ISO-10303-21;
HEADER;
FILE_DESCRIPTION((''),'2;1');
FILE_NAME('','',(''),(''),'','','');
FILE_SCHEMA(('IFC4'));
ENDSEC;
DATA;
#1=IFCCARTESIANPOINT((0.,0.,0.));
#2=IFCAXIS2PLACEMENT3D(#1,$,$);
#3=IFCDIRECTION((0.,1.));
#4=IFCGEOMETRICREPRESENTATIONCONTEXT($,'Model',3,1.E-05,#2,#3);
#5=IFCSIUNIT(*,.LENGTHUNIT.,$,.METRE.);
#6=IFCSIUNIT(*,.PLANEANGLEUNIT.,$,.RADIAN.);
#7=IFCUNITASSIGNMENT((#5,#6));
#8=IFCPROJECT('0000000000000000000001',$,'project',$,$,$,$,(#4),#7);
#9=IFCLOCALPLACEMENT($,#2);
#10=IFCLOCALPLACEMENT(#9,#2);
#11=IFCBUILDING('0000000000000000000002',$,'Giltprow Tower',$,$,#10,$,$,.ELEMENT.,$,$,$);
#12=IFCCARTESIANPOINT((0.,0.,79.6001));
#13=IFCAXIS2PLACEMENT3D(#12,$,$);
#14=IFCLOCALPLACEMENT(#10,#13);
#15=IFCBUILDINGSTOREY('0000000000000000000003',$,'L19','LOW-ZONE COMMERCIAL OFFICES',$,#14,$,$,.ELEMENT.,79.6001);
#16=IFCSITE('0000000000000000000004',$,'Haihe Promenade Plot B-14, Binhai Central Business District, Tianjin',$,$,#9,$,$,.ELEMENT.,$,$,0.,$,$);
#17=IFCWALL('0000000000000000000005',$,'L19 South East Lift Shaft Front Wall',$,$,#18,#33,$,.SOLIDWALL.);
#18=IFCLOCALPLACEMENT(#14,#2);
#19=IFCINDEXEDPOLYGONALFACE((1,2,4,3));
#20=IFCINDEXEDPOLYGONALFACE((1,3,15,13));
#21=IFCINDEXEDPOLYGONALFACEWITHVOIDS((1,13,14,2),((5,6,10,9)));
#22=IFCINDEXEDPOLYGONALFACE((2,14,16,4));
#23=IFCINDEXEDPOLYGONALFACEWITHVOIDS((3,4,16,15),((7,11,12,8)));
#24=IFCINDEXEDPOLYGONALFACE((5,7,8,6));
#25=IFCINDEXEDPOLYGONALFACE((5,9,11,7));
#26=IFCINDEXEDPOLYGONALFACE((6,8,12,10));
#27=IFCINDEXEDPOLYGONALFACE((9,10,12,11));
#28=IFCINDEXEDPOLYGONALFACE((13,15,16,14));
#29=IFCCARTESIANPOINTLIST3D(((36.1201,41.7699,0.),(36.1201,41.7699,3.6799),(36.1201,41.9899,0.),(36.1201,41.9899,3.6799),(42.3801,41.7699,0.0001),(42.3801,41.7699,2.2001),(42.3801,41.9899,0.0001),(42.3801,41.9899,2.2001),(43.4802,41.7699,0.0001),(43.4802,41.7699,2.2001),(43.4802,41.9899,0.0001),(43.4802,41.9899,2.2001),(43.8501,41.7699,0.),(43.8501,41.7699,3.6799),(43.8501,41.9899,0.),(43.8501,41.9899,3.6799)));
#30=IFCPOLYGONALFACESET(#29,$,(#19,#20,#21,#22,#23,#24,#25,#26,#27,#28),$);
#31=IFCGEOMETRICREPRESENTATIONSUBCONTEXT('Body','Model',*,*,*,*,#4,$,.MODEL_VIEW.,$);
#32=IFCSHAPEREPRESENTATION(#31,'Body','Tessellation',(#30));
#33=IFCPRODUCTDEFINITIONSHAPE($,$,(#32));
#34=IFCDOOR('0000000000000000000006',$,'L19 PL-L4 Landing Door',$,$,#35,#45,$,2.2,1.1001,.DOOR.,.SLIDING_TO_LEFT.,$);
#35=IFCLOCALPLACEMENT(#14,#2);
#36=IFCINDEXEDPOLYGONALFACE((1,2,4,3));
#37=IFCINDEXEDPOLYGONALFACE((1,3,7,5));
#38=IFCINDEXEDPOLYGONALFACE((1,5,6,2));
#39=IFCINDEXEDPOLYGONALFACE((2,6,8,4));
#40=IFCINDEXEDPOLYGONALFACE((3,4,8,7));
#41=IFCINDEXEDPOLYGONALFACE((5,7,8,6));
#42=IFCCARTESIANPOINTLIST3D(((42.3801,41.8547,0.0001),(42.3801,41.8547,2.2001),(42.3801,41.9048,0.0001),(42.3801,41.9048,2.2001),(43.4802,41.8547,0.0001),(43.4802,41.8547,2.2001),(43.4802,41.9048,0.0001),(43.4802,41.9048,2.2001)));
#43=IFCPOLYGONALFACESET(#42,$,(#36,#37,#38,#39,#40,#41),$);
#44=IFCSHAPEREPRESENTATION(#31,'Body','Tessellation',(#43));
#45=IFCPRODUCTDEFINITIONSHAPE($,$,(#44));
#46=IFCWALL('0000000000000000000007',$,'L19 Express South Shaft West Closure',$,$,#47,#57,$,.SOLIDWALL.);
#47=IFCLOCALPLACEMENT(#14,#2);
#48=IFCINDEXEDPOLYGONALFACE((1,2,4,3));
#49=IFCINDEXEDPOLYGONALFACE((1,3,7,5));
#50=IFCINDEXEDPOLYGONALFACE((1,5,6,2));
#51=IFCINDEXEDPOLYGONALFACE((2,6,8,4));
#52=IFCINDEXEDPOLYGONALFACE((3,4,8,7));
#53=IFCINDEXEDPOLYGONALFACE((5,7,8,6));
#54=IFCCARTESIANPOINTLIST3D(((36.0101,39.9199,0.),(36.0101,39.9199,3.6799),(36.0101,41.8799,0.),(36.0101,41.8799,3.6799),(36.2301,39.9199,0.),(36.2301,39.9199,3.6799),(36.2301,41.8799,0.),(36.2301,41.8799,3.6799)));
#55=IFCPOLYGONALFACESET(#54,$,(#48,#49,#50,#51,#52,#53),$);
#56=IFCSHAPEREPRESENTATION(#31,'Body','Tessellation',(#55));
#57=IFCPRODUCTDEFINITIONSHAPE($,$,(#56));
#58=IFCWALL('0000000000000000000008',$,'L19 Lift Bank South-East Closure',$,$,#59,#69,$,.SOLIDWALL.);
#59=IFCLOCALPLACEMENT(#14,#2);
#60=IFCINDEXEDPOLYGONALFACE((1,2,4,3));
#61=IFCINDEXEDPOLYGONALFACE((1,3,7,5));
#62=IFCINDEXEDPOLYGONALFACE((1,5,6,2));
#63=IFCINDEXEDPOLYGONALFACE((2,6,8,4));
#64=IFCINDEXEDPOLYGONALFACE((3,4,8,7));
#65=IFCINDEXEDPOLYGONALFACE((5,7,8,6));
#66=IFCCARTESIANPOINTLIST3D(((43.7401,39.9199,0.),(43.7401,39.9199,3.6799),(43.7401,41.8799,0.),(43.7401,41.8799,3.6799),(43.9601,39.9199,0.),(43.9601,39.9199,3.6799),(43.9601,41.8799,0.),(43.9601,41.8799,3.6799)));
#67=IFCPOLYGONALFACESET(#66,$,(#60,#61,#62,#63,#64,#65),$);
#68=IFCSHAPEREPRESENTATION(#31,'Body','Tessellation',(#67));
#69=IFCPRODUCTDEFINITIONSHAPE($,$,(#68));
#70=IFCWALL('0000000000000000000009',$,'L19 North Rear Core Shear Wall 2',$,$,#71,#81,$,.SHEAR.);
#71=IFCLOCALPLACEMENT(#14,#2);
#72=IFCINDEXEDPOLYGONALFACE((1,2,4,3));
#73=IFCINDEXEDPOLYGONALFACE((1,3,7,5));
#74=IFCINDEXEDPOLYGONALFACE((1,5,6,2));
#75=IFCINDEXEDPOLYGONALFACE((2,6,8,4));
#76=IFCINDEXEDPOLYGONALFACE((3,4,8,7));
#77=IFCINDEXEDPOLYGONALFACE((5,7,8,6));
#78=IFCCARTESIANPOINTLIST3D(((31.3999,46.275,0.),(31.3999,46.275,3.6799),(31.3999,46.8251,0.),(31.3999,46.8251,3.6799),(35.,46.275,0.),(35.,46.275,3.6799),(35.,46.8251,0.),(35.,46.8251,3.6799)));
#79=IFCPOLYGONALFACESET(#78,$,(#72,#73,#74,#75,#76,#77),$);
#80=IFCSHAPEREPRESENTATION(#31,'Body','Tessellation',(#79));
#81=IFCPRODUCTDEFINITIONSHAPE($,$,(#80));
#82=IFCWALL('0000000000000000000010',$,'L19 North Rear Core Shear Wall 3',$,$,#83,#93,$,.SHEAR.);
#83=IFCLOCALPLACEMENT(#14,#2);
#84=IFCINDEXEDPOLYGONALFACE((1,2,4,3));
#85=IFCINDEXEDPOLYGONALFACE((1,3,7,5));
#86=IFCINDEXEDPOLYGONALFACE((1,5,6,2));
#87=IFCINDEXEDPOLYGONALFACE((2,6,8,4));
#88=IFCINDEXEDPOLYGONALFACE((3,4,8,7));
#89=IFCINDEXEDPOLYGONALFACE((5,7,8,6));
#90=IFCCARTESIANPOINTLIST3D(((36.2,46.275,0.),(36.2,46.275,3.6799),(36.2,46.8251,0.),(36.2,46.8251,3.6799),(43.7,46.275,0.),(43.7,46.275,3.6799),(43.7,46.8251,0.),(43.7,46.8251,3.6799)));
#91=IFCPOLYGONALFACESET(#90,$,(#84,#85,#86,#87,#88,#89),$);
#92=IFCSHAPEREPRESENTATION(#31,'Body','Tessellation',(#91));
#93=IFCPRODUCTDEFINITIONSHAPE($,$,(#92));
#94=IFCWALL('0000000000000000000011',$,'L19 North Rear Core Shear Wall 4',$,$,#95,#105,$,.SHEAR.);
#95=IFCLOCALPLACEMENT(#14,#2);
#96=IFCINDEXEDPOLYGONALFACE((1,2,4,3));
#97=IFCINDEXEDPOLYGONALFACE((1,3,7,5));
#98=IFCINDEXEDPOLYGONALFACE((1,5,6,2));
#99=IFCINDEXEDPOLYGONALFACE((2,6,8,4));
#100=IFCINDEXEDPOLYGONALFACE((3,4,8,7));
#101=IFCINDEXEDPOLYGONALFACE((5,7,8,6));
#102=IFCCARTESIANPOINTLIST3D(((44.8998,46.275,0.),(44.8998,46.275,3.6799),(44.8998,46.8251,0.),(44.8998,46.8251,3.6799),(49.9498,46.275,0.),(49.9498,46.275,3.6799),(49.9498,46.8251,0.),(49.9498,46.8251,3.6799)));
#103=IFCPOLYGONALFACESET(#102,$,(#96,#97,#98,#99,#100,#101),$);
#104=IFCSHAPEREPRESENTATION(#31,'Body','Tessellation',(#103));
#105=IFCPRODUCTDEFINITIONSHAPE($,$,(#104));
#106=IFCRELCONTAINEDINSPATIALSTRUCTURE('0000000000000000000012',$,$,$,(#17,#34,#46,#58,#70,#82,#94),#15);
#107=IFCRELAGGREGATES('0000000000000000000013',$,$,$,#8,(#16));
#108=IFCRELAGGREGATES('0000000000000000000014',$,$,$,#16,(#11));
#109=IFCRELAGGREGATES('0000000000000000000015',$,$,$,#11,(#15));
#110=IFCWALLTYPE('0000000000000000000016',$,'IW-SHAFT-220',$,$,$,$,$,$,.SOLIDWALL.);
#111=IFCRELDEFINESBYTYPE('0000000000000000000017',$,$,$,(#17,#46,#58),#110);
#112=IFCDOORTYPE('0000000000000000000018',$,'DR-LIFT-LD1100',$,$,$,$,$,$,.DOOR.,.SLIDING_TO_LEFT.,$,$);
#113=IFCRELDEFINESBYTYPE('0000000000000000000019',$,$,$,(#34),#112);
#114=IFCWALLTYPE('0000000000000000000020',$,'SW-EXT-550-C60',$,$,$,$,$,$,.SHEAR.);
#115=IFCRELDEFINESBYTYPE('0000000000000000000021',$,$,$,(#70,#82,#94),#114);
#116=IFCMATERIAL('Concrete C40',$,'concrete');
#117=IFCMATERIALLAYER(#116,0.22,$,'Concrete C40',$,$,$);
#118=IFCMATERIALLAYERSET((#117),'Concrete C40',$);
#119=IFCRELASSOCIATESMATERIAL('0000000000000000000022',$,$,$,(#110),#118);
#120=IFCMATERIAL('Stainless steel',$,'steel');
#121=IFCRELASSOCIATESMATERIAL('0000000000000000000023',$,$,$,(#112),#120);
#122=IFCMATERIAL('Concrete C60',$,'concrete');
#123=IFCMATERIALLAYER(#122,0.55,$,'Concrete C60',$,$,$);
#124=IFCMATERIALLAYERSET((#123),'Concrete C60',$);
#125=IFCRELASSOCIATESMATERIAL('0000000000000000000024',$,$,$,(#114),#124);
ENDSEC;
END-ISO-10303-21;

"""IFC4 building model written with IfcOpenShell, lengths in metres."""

from ifc_helpers import new_model, si_unit, direction, frame, frame_2d, origin, place, context, subcontext, project, spatial, rectangle, extrude, source, transform, mapped, material, layer, layer_set, type_object, element, fill, save


model = new_model("IFC4")

# Units and contexts
model_context = context("Model", 3, precision=1e-05, world=origin(), true_north=direction((0.0, 1.0)))
body_context = subcontext(model_context, "Body", "Model", "MODEL_VIEW")
ifc_project = project(units=[si_unit("LENGTHUNIT", "METRE"), si_unit("PLANEANGLEUNIT", "RADIAN")], contexts=[model_context])

# Site, building, storey
site_placement = place(None, origin())
site = spatial("IfcSite", under=ifc_project, at=site_placement, Name="Haihe Promenade Plot B-14, Binhai Central Business District, Tianjin", CompositionType="ELEMENT", RefElevation=0.0)
building_placement = place(site_placement, origin())
building = spatial("IfcBuilding", under=site, at=building_placement, Name="Giltprow Tower", CompositionType="ELEMENT")
storey_placement = place(building_placement, frame((0.0, 0.0, 79.6001)))
storey = spatial("IfcBuildingStorey", under=building, at=storey_placement, Name="L19", Description="LOW-ZONE COMMERCIAL OFFICES", CompositionType="ELEMENT", Elevation=79.6001)

# Shared definitions
ifc_material_1 = material(Name="Concrete C60", Category="concrete")

# Shared definitions
ifc_material_2 = material(Name="Concrete C40", Category="concrete")
ifc_layer_1 = layer(ifc_material_2, 0.22, Name="Concrete C40")
ifc_layer_set_1 = layer_set([ifc_layer_1], Name="Concrete C40")
wall_type_1 = type_object("IfcWallType", Name="IW-SHAFT-220", PredefinedType="SOLIDWALL", material=ifc_layer_set_1)
ifc_material_3 = material(Name="Stainless steel", Category="steel")
door_type = type_object("IfcDoorType", Name="DR-LIFT-LD1100", OperationType="SLIDING_TO_LEFT", PredefinedType="DOOR", material=ifc_material_3)
shared_shape_1 = source(origin(), body_context, "Body", "SweptSolid", [
    extrude(rectangle(XDim=1.1001, YDim=2.2, at=frame_2d((0.55, 1.1001))), frame((0.0, 0.0249, 0.0), z_axis=(0.0, -1.0, 0.0), x_axis=(1.0, 0.0, 0.0)), (0.0, 0.0, 1.0), 0.05),
])

# Wall, opening, door
wall_1_placement = place(storey_placement, frame((36.1201, 41.8799, 0.0), z_axis=(0.0, 0.0, 1.0), x_axis=(1.0, 0.0, 0.0)))
wall_1 = element("IfcWall", 1, at=wall_1_placement, inside=storey, type_object=wall_type_1, Name="L19 South East Lift Shaft Front Wall", PredefinedType="SOLIDWALL", context=body_context, shape_type="SweptSolid", body=[
    extrude(rectangle(XDim=7.73, YDim=0.22, at=frame_2d((3.865, 0.0))), origin(), (0.0, 0.0, 1.0), 3.6799),
])
opening_1_placement = place(wall_1_placement, frame((6.26, 0.0, 0.0)))
opening_1 = element("IfcOpeningElement", 2, at=opening_1_placement, cuts=wall_1, PredefinedType="OPENING", context=body_context, shape_type="SweptSolid", body=[
    extrude(rectangle(XDim=1.1001, YDim=2.2, at=frame_2d((0.55, 1.1001))), frame((0.0, 0.1199, 0.0), z_axis=(0.0, -1.0, 0.0), x_axis=(1.0, 0.0, 0.0)), (0.0, 0.0, 1.0), 0.24),
])
door_1_placement = place(opening_1_placement, origin())
door_1 = element("IfcDoor", 3, at=door_1_placement, inside=storey, type_object=door_type, Name="L19 PL-L4 Landing Door", OperationType="SLIDING_TO_LEFT", OverallHeight=2.2, OverallWidth=1.1001, PredefinedType="DOOR", context=body_context, shape_type="MappedRepresentation", body=[
    mapped(shared_shape_1, transform((0.0, 0.0, 0.0), x_axis=(1.0, 0.0, 0.0), y_axis=(0.0, 1.0, 0.0), z_axis=(0.0, 0.0, 1.0), scale=1.0)),
])
fill(opening_1, door_1)

# Walls
for number, where, z_axis, x_axis, name in (
    (4, (36.1201, 39.9199, 0.0), (0.0, 0.0, 1.0), (0.0, 1.0, 0.0), "L19 Express South Shaft West Closure"),
    (5, (43.8501, 39.9199, 0.0), (0.0, 0.0, 1.0), (0.0, 1.0, 0.0), "L19 Lift Bank South-East Closure"),
):
    element("IfcWall", number, at=place(storey_placement, frame(where, z_axis=z_axis, x_axis=x_axis)), inside=storey, type_object=wall_type_1, Name=name, PredefinedType="SOLIDWALL", context=body_context, shape_type="SweptSolid", body=[
        extrude(rectangle(XDim=1.96, YDim=0.22, at=frame_2d((0.98, 0.0))), origin(), (0.0, 0.0, 1.0), 3.6799),
    ])
ifc_layer_2 = layer(ifc_material_1, 0.55, Name="Concrete C60")
ifc_layer_set_2 = layer_set([ifc_layer_2], Name="Concrete C60")
wall_type_2 = type_object("IfcWallType", Name="SW-EXT-550-C60", PredefinedType="SHEAR", material=ifc_layer_set_2)
wall_2_placement = place(storey_placement, frame((31.3999, 46.55, 0.0), z_axis=(0.0, 0.0, 1.0), x_axis=(1.0, 0.0, 0.0)))
element("IfcWall", 6, at=wall_2_placement, inside=storey, type_object=wall_type_2, Name="L19 North Rear Core Shear Wall 2", PredefinedType="SHEAR", context=body_context, shape_type="SweptSolid", body=[
    extrude(rectangle(XDim=3.6001, YDim=0.55, at=frame_2d((1.8, 0.0))), origin(), (0.0, 0.0, 1.0), 3.6799),
])
wall_3_placement = place(storey_placement, frame((36.2, 46.55, 0.0), z_axis=(0.0, 0.0, 1.0), x_axis=(1.0, 0.0, 0.0)))
element("IfcWall", 7, at=wall_3_placement, inside=storey, type_object=wall_type_2, Name="L19 North Rear Core Shear Wall 3", PredefinedType="SHEAR", context=body_context, shape_type="SweptSolid", body=[
    extrude(rectangle(XDim=7.5, YDim=0.55, at=frame_2d((3.75, 0.0))), origin(), (0.0, 0.0, 1.0), 3.6799),
])
wall_4_placement = place(storey_placement, frame((44.8999, 46.55, 0.0), z_axis=(0.0, 0.0, 1.0), x_axis=(1.0, 0.0, 0.0)))
element("IfcWall", 8, at=wall_4_placement, inside=storey, type_object=wall_type_2, Name="L19 North Rear Core Shear Wall 4", PredefinedType="SHEAR", context=body_context, shape_type="SweptSolid", body=[
    extrude(rectangle(XDim=5.05, YDim=0.55, at=frame_2d((2.5249, 0.0))), origin(), (0.0, 0.0, 1.0), 3.6799),
])

save(model, "model.ifc")
